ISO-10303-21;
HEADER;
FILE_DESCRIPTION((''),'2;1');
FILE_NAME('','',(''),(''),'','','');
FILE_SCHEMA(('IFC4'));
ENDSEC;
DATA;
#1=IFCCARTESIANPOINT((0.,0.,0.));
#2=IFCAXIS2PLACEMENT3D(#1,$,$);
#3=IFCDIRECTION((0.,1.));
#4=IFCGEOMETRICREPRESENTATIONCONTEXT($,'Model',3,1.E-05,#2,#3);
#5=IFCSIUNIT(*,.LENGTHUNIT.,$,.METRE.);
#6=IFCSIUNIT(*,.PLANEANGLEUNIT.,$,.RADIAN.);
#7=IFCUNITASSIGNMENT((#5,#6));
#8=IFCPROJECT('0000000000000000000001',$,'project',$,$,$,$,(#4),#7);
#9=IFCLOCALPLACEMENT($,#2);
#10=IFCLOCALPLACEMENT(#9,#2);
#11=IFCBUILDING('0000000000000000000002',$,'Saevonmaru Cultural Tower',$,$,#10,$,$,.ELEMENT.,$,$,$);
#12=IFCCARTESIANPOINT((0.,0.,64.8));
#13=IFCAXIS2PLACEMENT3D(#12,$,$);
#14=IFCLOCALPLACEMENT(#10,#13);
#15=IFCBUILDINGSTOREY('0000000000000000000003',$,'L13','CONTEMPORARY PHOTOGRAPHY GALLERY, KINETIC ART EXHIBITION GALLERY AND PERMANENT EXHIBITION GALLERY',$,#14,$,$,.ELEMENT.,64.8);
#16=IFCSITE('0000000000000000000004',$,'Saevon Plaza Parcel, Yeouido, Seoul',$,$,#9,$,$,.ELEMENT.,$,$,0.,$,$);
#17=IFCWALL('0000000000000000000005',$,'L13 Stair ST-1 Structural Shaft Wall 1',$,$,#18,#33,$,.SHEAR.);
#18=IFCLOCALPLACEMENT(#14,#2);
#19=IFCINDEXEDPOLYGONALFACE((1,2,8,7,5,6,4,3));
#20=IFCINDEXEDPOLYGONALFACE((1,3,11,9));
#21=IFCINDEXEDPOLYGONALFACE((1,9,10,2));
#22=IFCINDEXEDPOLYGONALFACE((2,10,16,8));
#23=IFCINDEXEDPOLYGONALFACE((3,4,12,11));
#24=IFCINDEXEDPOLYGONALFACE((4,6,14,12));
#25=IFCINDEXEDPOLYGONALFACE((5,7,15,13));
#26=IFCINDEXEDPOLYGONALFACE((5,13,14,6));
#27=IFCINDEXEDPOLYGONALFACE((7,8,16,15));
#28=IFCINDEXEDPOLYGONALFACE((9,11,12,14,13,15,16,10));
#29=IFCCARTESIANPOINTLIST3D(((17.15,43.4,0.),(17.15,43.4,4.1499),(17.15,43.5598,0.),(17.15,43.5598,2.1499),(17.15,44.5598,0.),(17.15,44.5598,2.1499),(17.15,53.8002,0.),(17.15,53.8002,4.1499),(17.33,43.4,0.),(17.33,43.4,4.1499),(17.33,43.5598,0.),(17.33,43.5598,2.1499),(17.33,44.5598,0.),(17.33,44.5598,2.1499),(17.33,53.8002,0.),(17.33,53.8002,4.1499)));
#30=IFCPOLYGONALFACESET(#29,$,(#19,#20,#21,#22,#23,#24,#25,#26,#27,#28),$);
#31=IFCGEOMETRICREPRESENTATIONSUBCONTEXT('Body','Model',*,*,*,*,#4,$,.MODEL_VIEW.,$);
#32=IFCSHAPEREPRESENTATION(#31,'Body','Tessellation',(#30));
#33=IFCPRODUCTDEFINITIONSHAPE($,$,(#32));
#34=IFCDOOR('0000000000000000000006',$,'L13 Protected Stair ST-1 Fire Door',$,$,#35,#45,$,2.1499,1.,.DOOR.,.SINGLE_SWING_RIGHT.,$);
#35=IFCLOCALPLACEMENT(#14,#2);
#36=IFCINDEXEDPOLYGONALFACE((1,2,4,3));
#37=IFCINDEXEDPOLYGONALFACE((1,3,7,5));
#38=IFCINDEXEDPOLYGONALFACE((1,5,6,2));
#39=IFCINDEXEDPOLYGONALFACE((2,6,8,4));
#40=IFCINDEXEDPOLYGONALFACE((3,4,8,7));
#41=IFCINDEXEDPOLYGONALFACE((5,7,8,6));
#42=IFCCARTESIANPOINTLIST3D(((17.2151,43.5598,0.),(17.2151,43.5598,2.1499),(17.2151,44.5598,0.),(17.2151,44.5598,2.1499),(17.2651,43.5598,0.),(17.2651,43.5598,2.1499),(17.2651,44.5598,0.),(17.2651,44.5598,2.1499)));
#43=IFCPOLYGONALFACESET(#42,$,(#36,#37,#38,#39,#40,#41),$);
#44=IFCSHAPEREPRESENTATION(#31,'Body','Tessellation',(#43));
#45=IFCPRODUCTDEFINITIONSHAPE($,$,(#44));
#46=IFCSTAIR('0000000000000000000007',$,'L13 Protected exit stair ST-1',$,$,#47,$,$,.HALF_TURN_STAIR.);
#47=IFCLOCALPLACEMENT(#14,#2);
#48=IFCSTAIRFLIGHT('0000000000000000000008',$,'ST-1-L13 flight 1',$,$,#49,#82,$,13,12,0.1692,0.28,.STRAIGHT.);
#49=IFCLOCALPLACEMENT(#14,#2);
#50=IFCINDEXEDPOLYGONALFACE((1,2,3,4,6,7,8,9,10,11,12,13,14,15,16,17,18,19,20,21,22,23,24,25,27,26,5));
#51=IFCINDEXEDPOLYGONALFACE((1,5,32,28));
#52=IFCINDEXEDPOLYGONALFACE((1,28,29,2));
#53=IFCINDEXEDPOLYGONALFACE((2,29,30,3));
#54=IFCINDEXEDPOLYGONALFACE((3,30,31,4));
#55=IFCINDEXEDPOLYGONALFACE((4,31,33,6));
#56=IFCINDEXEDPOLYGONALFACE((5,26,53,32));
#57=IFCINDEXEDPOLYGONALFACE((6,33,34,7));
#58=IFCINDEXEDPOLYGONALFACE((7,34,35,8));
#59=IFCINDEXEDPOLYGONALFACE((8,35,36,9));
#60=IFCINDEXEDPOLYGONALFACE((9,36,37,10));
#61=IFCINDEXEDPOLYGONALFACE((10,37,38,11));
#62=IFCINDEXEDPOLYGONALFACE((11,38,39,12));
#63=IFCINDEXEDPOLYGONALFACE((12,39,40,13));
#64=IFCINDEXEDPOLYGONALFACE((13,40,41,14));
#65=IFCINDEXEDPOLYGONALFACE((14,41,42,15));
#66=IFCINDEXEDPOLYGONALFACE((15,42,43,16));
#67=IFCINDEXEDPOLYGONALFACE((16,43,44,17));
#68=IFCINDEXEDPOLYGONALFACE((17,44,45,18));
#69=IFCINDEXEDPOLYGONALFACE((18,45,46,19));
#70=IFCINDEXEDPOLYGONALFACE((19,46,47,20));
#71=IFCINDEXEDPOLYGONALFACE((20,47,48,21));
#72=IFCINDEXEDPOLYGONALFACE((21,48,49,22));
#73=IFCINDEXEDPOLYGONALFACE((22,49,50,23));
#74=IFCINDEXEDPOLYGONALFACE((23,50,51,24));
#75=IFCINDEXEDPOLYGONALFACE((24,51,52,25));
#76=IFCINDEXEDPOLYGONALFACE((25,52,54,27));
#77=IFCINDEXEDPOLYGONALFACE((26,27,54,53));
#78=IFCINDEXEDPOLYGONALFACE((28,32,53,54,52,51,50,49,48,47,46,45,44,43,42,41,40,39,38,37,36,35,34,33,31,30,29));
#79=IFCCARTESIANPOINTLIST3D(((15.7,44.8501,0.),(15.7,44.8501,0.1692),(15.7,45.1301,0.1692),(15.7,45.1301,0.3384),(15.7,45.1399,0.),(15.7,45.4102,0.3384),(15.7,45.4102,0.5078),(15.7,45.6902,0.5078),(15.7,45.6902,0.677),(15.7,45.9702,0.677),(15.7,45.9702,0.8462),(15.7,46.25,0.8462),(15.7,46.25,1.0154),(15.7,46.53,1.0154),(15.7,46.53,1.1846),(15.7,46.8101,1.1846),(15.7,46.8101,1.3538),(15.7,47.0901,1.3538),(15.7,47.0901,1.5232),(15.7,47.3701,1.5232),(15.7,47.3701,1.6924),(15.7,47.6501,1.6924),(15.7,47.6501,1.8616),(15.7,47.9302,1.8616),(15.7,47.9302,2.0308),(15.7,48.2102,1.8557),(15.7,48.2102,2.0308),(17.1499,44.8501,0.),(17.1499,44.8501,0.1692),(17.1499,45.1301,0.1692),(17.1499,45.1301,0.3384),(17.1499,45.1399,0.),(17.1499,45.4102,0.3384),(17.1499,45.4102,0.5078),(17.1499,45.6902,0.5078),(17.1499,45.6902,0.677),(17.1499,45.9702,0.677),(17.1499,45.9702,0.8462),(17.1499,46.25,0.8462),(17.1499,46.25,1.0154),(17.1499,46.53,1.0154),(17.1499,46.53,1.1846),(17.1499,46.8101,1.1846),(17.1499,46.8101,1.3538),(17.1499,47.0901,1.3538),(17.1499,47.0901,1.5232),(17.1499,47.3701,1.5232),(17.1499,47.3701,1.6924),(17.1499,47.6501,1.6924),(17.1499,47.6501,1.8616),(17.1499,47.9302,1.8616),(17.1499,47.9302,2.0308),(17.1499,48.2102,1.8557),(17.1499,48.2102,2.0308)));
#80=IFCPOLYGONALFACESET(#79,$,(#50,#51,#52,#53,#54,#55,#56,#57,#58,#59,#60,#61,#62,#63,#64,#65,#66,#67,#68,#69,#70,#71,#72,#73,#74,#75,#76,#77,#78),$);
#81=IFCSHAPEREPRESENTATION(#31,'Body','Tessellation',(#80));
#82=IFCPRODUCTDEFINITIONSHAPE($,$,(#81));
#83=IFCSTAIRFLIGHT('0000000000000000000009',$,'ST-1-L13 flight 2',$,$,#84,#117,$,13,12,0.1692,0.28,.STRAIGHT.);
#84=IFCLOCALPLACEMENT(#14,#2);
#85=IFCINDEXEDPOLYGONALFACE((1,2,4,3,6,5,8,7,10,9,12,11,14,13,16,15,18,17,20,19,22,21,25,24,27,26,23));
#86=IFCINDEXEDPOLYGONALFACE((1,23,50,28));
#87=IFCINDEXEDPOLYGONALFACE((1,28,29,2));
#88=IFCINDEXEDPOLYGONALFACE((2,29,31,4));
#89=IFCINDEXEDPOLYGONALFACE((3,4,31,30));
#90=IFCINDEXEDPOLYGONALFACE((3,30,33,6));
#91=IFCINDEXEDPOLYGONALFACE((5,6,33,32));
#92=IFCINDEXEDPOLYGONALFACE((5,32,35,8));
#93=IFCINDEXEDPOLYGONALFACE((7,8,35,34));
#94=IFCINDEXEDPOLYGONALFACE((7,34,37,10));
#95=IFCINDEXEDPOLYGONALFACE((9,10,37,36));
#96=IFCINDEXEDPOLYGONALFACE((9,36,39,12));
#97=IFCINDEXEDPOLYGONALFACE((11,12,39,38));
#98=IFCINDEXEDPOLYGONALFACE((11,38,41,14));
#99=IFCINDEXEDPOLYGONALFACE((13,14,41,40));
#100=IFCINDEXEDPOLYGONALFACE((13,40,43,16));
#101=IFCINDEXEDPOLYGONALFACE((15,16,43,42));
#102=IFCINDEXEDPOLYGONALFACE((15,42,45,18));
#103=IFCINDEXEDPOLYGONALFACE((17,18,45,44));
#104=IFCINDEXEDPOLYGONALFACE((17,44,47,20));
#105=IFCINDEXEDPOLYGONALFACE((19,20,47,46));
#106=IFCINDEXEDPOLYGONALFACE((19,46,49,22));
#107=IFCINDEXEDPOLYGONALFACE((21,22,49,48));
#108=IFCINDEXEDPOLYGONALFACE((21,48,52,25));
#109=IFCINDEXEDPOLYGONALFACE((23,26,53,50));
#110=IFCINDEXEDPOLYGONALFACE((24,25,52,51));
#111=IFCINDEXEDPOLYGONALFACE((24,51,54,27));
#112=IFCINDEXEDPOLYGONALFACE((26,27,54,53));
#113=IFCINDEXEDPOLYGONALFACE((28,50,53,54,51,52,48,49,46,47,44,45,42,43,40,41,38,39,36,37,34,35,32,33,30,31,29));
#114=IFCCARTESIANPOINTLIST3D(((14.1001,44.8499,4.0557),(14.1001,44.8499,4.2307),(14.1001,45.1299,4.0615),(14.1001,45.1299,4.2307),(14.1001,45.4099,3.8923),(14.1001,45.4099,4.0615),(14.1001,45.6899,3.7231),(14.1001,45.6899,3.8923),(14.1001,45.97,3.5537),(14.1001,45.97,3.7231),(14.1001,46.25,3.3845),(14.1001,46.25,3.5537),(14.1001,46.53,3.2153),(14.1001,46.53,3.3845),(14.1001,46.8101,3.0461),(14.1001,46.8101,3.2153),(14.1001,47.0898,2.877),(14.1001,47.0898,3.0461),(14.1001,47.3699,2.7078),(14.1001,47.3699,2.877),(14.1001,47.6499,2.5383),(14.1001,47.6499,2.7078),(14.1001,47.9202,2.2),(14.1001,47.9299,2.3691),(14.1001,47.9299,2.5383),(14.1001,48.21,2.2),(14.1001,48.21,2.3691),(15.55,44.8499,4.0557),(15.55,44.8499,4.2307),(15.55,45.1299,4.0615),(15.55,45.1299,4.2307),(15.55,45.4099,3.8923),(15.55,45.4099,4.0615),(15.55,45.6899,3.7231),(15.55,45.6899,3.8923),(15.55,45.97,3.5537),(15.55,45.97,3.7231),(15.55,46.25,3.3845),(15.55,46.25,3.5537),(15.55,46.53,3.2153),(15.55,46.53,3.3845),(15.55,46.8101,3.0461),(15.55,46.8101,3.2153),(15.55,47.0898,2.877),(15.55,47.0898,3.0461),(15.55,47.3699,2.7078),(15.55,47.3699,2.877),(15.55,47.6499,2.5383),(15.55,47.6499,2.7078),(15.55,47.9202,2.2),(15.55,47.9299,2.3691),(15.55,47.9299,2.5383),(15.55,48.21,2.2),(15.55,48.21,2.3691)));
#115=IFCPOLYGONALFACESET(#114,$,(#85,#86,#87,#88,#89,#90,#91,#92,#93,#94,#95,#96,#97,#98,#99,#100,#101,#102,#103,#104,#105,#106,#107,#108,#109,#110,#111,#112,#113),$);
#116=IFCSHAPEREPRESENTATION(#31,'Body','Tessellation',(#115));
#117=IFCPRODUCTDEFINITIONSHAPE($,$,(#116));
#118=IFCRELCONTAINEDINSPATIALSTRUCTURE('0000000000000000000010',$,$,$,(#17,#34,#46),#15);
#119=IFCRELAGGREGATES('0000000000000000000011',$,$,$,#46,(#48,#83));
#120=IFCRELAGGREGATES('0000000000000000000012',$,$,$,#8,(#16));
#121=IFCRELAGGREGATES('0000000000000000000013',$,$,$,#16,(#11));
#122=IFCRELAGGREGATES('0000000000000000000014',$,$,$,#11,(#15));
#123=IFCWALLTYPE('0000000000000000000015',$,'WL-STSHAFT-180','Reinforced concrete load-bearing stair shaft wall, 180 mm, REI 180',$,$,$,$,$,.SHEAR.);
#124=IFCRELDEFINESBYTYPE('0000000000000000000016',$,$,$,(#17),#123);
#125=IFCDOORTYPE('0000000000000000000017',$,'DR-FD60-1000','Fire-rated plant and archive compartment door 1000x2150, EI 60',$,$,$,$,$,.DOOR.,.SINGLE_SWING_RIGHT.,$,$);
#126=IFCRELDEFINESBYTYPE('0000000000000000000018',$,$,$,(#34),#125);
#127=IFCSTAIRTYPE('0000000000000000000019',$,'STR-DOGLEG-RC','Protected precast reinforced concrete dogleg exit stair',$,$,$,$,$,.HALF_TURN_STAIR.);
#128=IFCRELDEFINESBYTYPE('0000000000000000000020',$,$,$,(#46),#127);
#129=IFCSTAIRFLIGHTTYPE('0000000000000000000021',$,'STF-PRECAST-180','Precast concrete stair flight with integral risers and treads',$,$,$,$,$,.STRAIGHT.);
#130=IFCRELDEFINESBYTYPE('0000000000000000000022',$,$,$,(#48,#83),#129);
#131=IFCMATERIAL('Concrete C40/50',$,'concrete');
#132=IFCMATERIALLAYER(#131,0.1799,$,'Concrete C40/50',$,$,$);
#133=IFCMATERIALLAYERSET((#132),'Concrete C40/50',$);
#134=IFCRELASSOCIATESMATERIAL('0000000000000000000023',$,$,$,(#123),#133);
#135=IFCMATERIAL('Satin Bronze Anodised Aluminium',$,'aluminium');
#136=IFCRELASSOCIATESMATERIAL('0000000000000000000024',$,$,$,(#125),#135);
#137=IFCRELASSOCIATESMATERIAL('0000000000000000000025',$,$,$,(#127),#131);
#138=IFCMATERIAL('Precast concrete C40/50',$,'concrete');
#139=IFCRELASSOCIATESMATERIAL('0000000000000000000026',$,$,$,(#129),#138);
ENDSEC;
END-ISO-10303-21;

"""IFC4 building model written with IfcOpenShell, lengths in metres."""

from ifc_helpers import new_model, si_unit, direction, frame, frame_2d, origin, place, context, subcontext, project, spatial, polyline, rectangle, outline, extrude, material, layer, layer_set, type_object, element, fill, aggregate, save


model = new_model("IFC4")

# Units and contexts
model_context = context("Model", 3, precision=1e-05, world=origin(), true_north=direction((0.0, 1.0)))
body_context = subcontext(model_context, "Body", "Model", "MODEL_VIEW")
ifc_project = project(units=[si_unit("LENGTHUNIT", "METRE"), si_unit("PLANEANGLEUNIT", "RADIAN")], contexts=[model_context])

# Site, building, storey
site_placement = place(None, origin())
site = spatial("IfcSite", under=ifc_project, at=site_placement, Name="Saevon Plaza Parcel, Yeouido, Seoul", CompositionType="ELEMENT", RefElevation=0.0)
building_placement = place(site_placement, origin())
building = spatial("IfcBuilding", under=site, at=building_placement, Name="Saevonmaru Cultural Tower", CompositionType="ELEMENT")
storey_placement = place(building_placement, frame((0.0, 0.0, 64.8)))
storey = spatial("IfcBuildingStorey", under=building, at=storey_placement, Name="L13", Description="CONTEMPORARY PHOTOGRAPHY GALLERY, KINETIC ART EXHIBITION GALLERY AND PERMANENT EXHIBITION GALLERY", CompositionType="ELEMENT", Elevation=64.8)

# Shared definitions
ifc_material_1 = material(Name="Satin Bronze Anodised Aluminium", Category="aluminium")

# Wall, opening, door
ifc_material_2 = material(Name="Concrete C40/50", Category="concrete")
ifc_layer_1 = layer(ifc_material_2, 0.1799, Name="Concrete C40/50")
ifc_layer_set_1 = layer_set([ifc_layer_1], Name="Concrete C40/50")
wall_type_1 = type_object("IfcWallType", Name="WL-STSHAFT-180", Description="Reinforced concrete load-bearing stair shaft wall, 180 mm, REI 180", PredefinedType="SHEAR", material=ifc_layer_set_1)
wall_1_placement = place(storey_placement, frame((17.24, 43.3999, 0.0), z_axis=(0.0, 0.0, 1.0), x_axis=(0.0, 1.0, 0.0)))
wall_1 = element("IfcWall", 1, at=wall_1_placement, inside=storey, type_object=wall_type_1, Name="L13 Stair ST-1 Structural Shaft Wall 1", PredefinedType="SHEAR", context=body_context, shape_type="SweptSolid", body=[
    extrude(rectangle(XDim=10.4001, YDim=0.1799, at=frame_2d((5.2002, 0.0))), origin(), (0.0, 0.0, 1.0), 4.1499),
])
opening_1_placement = place(wall_1_placement, frame((0.1599, 0.0, 0.0)))
opening_1 = element("IfcOpeningElement", 2, at=opening_1_placement, cuts=wall_1, PredefinedType="OPENING", context=body_context, shape_type="SweptSolid", body=[
    extrude(rectangle(XDim=1.0, YDim=2.1499, at=frame_2d((0.5, 1.075))), frame((0.0, 0.1001, 0.0), z_axis=(0.0, -1.0, 0.0), x_axis=(1.0, 0.0, 0.0)), (0.0, 0.0, 1.0), 0.2),
])
door_type_1 = type_object("IfcDoorType", Name="DR-FD60-1000", Description="Fire-rated plant and archive compartment door 1000x2150, EI 60", OperationType="SINGLE_SWING_RIGHT", PredefinedType="DOOR", material=ifc_material_1)
door_1_placement = place(opening_1_placement, origin())
door_1 = element("IfcDoor", 3, at=door_1_placement, inside=storey, type_object=door_type_1, Name="L13 Protected Stair ST-1 Fire Door", OperationType="SINGLE_SWING_RIGHT", OverallHeight=2.1499, OverallWidth=1.0, PredefinedType="DOOR", context=body_context, shape_type="SweptSolid", body=[
    extrude(rectangle(XDim=1.0, YDim=2.1499, at=frame_2d((0.5, 1.075))), frame((0.0, 0.0249, 0.0), z_axis=(0.0, -1.0, 0.0), x_axis=(1.0, 0.0, 0.0)), (0.0, 0.0, 1.0), 0.05),
])
fill(opening_1, door_1)

# Stair, stair flights
stair_type = type_object("IfcStairType", Name="STR-DOGLEG-RC", Description="Protected precast reinforced concrete dogleg exit stair", PredefinedType="HALF_TURN_STAIR", material=ifc_material_2)
stair_placement = place(storey_placement, origin())
stair = element("IfcStair", 4, at=stair_placement, inside=storey, type_object=stair_type, Name="L13 Protected exit stair ST-1", PredefinedType="HALF_TURN_STAIR")
ifc_material_3 = material(Name="Precast concrete C40/50", Category="concrete")
stair_flight_type = type_object("IfcStairFlightType", Name="STF-PRECAST-180", Description="Precast concrete stair flight with integral risers and treads", PredefinedType="STRAIGHT", material=ifc_material_3)
stair_flight_1_placement = place(storey_placement, frame((16.425, 44.8501, 0.0), z_axis=(0.0, 0.0, 1.0), x_axis=(0.0, 1.0, 0.0)))
stair_flight_1 = element("IfcStairFlight", 5, at=stair_flight_1_placement, type_object=stair_flight_type, Name="ST-1-L13 flight 1", NumberOfRisers=13, NumberOfTreads=12, PredefinedType="STRAIGHT", RiserHeight=0.1692, TreadLength=0.28, context=body_context, shape_type="SweptSolid", body=[
    extrude(outline(polyline([(0.0, 0.0), (0.0, 0.1692), (0.28, 0.1692), (0.28, 0.3384), (0.5601, 0.3384), (0.5601, 0.5078), (0.8401, 0.5078), (0.8401, 0.677), (1.1201, 0.677), (1.1201, 0.8462), (1.3999, 0.8462), (1.3999, 1.0154), (1.6799, 1.0154), (1.6799, 1.1846), (1.96, 1.1846), (1.96, 1.3538), (2.24, 1.3538), (2.24, 1.5232), (2.52, 1.5232), (2.52, 1.6924), (2.8, 1.6924), (2.8, 1.8616), (3.0801, 1.8616), (3.0801, 2.0308), (3.3601, 2.0308), (3.3601, 2.2), (3.3601, 1.8557), (0.2898, 0.0), (0.0, 0.0)])), frame((0.0, 0.7251, 0.0), z_axis=(0.0, -1.0, 0.0), x_axis=(1.0, 0.0, 0.0)), (0.0, 0.0, 1.0), 1.45),
])
stair_flight_2_placement = place(storey_placement, frame((14.825, 48.21, 2.2), z_axis=(0.0, 0.0, 1.0), x_axis=(0.0, -1.0, 0.0)))
stair_flight_2 = element("IfcStairFlight", 6, at=stair_flight_2_placement, type_object=stair_flight_type, Name="ST-1-L13 flight 2", NumberOfRisers=13, NumberOfTreads=12, PredefinedType="STRAIGHT", RiserHeight=0.1692, TreadLength=0.28, context=body_context, shape_type="SweptSolid", body=[
    extrude(outline(polyline([(0.0, 0.0), (0.0, 0.1692), (0.28, 0.1692), (0.28, 0.3384), (0.5601, 0.3384), (0.5601, 0.5078), (0.8401, 0.5078), (0.8401, 0.677), (1.1201, 0.677), (1.1201, 0.8462), (1.3999, 0.8462), (1.3999, 1.0154), (1.6799, 1.0154), (1.6799, 1.1846), (1.96, 1.1846), (1.96, 1.3538), (2.24, 1.3538), (2.24, 1.5232), (2.52, 1.5232), (2.52, 1.6924), (2.8, 1.6924), (2.8, 1.8616), (3.0801, 1.8616), (3.0801, 2.0308), (3.3601, 2.0308), (3.3601, 2.2), (3.3601, 1.8557), (0.2898, 0.0), (0.0, 0.0)])), frame((0.0, 0.7251, 0.0), z_axis=(0.0, -1.0, 0.0), x_axis=(1.0, 0.0, 0.0)), (0.0, 0.0, 1.0), 1.45),
])
aggregate(stair, [stair_flight_1, stair_flight_2])

save(model, "model.ifc")
